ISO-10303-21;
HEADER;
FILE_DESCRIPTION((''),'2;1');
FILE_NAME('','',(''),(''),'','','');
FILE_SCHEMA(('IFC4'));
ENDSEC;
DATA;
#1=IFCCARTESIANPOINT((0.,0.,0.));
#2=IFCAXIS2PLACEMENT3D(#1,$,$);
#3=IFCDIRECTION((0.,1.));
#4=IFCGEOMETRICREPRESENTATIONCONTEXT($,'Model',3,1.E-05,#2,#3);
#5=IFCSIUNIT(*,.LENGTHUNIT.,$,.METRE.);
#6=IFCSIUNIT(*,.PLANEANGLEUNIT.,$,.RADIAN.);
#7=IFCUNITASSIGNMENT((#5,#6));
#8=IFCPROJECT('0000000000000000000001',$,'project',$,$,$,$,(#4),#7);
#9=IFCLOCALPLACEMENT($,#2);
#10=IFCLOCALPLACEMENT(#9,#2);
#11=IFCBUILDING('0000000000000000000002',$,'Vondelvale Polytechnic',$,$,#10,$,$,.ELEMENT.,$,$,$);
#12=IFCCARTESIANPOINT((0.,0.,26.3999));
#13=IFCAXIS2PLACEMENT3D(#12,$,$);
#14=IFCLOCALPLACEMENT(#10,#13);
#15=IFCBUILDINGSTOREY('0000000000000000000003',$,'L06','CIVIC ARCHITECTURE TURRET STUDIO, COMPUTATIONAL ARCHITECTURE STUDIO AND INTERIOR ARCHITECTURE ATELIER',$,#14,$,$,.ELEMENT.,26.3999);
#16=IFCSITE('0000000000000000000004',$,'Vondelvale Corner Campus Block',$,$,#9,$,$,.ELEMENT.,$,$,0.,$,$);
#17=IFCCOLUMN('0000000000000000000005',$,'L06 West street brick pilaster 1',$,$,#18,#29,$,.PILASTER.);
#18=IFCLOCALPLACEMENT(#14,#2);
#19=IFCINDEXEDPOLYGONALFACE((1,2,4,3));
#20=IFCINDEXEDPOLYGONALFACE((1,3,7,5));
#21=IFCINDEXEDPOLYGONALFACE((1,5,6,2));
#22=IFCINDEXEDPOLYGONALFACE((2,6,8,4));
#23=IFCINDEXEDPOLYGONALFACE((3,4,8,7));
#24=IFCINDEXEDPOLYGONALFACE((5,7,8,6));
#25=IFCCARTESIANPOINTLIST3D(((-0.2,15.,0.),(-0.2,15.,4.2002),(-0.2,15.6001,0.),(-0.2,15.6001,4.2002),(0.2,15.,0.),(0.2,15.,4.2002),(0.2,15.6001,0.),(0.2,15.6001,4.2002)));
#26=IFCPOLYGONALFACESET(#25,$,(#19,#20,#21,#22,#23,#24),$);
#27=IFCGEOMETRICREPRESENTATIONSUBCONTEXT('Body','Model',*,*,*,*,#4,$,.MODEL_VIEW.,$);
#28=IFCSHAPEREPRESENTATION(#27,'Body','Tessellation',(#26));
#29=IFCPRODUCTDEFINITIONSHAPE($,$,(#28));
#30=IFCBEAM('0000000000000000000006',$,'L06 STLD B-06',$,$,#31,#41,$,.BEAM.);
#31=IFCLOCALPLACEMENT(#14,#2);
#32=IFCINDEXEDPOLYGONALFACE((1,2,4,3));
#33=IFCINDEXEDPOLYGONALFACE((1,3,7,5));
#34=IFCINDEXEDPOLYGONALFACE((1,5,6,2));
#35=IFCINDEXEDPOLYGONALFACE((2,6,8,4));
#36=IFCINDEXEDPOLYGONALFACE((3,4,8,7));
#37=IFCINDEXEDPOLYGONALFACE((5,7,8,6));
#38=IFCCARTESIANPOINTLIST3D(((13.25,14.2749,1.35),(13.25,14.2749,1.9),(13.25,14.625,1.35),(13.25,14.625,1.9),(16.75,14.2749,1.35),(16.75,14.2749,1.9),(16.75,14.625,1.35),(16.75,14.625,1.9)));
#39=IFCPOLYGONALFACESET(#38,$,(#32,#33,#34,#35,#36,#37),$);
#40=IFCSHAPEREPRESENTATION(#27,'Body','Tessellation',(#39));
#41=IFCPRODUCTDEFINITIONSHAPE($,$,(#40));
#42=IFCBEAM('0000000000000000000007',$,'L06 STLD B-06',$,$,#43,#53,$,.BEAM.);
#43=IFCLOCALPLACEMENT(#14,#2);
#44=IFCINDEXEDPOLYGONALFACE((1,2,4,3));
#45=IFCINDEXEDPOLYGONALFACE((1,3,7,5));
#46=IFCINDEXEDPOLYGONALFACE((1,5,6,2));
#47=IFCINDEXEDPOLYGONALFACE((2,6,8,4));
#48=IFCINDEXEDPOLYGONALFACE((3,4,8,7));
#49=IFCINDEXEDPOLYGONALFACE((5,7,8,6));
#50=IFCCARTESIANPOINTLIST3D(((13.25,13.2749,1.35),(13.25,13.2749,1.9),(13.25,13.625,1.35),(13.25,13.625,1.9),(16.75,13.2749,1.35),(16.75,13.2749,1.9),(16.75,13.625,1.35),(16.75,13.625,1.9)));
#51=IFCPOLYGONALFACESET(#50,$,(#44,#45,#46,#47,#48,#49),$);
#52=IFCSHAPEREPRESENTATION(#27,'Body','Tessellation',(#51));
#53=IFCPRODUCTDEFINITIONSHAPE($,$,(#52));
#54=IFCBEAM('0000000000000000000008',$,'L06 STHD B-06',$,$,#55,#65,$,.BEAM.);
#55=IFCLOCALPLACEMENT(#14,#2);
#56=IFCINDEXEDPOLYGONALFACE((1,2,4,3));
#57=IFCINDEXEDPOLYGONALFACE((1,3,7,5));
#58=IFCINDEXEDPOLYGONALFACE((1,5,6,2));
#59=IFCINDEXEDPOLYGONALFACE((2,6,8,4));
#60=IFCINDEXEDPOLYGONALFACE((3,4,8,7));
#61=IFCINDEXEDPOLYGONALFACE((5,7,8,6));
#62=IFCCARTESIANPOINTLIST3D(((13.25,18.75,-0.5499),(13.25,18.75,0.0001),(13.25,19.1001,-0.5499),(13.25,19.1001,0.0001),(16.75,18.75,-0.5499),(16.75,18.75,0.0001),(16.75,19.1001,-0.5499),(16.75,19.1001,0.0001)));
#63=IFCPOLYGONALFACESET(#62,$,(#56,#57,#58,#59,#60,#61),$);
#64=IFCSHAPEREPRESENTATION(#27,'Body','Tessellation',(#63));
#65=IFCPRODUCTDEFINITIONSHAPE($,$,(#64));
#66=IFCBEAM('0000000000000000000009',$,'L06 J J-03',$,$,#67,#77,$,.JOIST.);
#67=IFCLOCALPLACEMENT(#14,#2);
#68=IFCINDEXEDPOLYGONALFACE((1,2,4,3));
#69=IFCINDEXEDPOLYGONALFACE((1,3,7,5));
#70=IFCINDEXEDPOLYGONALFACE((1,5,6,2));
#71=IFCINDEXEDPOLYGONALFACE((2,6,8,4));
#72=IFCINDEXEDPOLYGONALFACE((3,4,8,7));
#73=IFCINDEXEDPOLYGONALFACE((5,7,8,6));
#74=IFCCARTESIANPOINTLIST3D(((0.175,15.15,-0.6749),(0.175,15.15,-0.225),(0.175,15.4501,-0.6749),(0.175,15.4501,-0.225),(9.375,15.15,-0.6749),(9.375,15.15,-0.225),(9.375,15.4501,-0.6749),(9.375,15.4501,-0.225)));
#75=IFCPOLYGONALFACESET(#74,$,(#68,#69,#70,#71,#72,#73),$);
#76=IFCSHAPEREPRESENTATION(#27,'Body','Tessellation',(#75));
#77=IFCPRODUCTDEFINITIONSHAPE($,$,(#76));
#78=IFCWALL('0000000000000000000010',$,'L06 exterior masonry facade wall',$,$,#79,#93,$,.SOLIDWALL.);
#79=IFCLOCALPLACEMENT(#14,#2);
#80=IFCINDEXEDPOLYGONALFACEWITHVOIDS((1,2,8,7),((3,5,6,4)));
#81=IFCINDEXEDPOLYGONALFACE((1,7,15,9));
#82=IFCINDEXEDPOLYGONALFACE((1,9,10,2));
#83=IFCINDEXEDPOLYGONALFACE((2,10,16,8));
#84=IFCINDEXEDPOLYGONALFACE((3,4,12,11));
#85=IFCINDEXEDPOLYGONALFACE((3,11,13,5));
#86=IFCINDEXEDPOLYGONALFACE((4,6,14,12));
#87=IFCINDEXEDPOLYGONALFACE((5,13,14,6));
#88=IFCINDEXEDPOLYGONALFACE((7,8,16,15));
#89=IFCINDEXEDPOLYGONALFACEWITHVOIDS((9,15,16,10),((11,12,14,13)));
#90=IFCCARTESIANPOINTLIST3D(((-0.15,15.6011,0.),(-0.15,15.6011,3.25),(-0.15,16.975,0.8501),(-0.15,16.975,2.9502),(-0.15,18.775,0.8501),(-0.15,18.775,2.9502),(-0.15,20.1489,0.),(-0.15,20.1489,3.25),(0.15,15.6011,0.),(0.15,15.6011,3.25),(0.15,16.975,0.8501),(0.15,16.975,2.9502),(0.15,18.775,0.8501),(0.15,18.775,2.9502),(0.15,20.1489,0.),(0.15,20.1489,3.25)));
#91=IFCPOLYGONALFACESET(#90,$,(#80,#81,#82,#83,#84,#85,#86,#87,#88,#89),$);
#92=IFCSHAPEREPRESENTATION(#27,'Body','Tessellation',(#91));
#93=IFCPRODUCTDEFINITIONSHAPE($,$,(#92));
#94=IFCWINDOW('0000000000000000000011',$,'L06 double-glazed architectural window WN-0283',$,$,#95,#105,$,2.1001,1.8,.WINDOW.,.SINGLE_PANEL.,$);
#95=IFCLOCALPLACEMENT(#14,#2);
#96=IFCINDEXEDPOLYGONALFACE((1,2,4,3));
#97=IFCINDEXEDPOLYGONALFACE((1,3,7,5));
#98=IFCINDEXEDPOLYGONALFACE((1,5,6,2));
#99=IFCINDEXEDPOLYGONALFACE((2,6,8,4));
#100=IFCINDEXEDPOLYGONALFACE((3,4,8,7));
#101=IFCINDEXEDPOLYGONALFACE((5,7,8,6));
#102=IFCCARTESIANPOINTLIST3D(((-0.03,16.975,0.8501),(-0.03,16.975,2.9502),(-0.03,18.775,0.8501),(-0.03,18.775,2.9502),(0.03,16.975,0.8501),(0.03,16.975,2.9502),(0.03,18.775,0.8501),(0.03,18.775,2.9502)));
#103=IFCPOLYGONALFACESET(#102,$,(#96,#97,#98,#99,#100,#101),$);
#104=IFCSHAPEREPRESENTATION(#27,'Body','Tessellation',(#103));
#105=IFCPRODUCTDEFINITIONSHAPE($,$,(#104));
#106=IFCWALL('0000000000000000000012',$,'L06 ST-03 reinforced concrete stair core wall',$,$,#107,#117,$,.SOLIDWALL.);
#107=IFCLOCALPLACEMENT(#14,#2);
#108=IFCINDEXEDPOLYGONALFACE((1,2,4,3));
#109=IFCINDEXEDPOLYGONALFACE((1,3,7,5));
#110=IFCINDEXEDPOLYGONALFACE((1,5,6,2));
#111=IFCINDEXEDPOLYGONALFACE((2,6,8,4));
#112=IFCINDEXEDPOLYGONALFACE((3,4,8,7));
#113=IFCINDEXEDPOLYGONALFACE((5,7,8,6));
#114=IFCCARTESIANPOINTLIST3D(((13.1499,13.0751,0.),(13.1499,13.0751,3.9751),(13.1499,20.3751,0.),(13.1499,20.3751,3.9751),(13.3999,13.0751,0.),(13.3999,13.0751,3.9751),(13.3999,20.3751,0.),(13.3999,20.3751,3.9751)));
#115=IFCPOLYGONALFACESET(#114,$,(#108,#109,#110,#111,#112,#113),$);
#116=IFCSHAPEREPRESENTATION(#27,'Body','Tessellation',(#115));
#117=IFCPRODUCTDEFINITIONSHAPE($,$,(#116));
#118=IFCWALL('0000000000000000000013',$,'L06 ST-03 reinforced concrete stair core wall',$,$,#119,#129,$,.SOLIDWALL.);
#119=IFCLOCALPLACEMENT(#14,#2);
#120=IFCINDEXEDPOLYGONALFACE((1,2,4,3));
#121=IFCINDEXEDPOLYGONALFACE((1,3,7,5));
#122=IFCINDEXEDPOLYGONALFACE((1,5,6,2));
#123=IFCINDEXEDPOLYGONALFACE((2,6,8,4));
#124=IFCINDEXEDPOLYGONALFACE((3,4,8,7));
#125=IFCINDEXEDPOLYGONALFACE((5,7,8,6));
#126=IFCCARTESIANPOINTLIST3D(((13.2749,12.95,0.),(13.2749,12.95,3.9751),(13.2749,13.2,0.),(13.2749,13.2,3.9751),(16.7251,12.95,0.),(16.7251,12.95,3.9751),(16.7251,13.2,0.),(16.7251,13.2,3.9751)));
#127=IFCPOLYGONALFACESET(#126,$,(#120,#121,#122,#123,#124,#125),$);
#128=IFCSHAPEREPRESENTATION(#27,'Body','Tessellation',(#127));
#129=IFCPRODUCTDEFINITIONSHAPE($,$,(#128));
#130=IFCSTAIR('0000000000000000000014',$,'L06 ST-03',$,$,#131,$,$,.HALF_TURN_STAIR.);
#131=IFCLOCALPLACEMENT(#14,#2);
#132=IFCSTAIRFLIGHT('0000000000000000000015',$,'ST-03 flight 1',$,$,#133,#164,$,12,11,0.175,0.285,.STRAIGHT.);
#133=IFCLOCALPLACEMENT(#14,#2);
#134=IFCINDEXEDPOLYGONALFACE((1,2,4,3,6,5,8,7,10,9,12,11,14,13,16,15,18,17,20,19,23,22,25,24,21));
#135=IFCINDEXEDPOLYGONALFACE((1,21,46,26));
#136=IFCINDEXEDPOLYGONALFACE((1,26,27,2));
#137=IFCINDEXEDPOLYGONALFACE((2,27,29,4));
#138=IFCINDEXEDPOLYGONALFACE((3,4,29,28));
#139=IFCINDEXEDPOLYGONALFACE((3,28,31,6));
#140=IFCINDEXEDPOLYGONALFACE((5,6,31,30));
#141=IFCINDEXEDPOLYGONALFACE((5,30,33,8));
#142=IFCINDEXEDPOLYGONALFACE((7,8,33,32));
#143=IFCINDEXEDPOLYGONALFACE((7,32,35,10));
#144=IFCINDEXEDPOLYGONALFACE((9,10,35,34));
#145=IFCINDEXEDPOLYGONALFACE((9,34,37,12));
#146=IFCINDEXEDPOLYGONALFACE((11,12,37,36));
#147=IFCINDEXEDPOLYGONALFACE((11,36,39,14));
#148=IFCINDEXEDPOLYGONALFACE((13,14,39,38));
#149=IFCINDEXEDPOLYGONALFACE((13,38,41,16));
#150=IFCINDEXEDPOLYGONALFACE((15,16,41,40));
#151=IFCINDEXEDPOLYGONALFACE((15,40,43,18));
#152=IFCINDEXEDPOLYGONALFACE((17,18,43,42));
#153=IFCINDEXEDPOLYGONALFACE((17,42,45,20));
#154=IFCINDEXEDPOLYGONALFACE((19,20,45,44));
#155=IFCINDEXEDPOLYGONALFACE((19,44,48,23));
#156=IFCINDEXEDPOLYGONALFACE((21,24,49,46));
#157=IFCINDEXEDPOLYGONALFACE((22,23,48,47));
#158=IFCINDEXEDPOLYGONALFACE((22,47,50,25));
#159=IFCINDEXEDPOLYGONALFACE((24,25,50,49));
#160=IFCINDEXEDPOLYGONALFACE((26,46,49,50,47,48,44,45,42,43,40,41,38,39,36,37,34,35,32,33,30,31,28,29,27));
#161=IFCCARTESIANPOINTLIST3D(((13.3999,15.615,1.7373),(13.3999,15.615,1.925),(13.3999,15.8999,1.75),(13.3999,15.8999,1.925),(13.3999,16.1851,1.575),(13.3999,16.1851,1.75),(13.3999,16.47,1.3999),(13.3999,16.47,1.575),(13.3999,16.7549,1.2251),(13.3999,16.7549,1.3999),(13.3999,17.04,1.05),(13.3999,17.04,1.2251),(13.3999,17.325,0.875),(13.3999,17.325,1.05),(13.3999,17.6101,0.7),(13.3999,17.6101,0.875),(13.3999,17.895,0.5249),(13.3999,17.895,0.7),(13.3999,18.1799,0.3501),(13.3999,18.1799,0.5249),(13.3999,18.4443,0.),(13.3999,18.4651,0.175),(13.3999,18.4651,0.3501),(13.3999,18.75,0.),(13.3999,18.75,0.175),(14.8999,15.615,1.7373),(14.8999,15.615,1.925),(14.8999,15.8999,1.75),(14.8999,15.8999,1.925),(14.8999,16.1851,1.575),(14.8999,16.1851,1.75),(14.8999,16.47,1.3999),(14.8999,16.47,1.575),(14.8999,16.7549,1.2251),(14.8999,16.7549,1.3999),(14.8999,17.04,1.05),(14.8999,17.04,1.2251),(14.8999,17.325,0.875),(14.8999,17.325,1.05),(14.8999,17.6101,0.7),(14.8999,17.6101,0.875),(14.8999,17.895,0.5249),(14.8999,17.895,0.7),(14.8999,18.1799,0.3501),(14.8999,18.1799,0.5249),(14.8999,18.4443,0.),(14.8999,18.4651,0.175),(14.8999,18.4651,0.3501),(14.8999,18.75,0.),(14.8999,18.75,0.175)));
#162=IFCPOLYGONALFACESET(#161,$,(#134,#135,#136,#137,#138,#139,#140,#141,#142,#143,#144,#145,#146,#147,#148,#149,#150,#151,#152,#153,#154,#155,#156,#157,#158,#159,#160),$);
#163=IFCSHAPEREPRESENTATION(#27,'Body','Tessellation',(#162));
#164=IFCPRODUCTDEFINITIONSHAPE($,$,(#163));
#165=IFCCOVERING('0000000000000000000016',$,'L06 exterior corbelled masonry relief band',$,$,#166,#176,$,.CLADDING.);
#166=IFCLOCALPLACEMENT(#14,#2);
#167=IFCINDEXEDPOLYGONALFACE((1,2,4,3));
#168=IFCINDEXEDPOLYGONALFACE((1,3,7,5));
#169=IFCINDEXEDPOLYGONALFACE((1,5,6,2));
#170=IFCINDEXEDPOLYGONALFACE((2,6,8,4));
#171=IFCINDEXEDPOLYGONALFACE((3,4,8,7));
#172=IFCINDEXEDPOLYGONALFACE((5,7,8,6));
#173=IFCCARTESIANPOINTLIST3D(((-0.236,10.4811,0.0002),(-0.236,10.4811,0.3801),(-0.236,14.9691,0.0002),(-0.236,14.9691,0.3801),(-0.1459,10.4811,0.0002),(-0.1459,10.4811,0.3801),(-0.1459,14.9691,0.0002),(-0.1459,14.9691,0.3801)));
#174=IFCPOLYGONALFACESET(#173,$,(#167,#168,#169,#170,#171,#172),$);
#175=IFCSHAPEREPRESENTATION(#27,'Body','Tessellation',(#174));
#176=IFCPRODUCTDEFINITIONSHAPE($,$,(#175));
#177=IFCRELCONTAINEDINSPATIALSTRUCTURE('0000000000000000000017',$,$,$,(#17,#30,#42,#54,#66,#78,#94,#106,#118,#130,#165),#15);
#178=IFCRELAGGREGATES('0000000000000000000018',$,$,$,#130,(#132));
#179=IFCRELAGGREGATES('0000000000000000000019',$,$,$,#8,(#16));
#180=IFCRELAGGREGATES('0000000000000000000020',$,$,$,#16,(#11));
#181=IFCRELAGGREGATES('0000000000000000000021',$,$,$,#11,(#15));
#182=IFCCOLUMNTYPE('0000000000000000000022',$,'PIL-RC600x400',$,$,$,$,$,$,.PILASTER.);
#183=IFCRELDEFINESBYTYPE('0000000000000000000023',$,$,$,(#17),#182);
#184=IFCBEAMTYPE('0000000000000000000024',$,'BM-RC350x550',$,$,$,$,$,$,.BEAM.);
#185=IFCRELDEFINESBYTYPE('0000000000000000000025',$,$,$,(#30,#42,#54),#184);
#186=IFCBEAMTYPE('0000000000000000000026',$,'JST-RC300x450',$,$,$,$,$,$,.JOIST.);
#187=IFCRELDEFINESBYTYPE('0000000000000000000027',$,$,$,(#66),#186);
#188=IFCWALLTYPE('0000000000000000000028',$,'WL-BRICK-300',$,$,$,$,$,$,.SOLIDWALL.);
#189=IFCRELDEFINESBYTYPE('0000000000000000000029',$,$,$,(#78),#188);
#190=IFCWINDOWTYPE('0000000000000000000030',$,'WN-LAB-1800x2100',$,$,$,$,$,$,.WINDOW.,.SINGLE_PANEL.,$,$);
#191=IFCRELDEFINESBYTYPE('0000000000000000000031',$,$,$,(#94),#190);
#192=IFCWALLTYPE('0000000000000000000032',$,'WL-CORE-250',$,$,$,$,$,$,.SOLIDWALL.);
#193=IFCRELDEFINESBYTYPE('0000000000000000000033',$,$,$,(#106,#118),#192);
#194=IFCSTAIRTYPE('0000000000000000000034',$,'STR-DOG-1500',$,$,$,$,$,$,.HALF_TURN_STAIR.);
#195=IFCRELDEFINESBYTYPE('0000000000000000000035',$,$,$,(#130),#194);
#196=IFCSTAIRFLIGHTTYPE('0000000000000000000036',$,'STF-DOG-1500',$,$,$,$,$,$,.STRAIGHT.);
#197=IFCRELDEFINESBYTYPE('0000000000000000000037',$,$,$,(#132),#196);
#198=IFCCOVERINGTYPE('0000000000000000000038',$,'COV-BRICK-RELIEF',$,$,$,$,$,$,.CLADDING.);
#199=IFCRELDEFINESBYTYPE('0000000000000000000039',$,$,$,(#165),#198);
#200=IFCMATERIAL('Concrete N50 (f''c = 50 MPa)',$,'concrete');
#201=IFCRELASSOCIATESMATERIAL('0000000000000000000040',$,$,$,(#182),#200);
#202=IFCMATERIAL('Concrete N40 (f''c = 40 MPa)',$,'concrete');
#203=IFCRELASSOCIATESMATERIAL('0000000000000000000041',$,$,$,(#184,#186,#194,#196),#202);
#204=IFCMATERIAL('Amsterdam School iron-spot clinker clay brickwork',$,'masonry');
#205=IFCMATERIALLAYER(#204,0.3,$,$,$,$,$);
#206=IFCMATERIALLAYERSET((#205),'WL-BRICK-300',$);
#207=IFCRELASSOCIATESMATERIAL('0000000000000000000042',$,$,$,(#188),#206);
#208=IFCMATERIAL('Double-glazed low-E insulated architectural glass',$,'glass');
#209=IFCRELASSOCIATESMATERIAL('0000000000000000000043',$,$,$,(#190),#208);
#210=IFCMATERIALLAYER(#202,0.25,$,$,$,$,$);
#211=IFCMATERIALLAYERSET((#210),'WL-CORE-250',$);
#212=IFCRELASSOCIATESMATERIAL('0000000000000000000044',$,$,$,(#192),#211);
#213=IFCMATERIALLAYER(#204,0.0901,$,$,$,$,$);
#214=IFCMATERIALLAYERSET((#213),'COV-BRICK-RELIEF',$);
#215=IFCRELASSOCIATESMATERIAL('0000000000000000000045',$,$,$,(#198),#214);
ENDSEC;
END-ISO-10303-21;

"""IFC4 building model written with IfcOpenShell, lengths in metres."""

from ifc_helpers import new_model, si_unit, direction, frame, frame_2d, origin, origin_2d, place, context, subcontext, project, spatial, polyline, rectangle, outline, extrude, material, layer, layer_set, material_profile, profile_set, type_object, element, fill, aggregate, save


model = new_model("IFC4")

# Units and contexts
model_context = context("Model", 3, precision=1e-05, world=origin(), true_north=direction((0.0, 1.0)))
body_context = subcontext(model_context, "Body", "Model", "MODEL_VIEW")
ifc_project = project(units=[si_unit("LENGTHUNIT", "METRE"), si_unit("PLANEANGLEUNIT", "RADIAN")], contexts=[model_context])

# Site, building, storey
site_placement = place(None, origin())
site = spatial("IfcSite", under=ifc_project, at=site_placement, Name="Vondelvale Corner Campus Block", CompositionType="ELEMENT", RefElevation=0.0)
building_placement = place(site_placement, origin())
building = spatial("IfcBuilding", under=site, at=building_placement, Name="Vondelvale Polytechnic", CompositionType="ELEMENT")
storey_placement = place(building_placement, frame((0.0, 0.0, 26.3999)))
storey = spatial("IfcBuildingStorey", under=building, at=storey_placement, Name="L06", Description="CIVIC ARCHITECTURE TURRET STUDIO, COMPUTATIONAL ARCHITECTURE STUDIO AND INTERIOR ARCHITECTURE ATELIER", CompositionType="ELEMENT", Elevation=26.3999)

# Column
ifc_material_1 = material(Name="Concrete N50 (f'c = 50 MPa)", Category="concrete")
ifc_material_profile_1 = material_profile(ifc_material_1, rectangle(XDim=0.3999, YDim=0.6001, at=origin_2d()), Name="RC-PIL-600x400")
ifc_profile_set_1 = profile_set([ifc_material_profile_1], Name="Concrete N50 (f'c = 50 MPa)")
column_type = type_object("IfcColumnType", Name="PIL-RC600x400", PredefinedType="PILASTER", material=ifc_profile_set_1)
column_placement = place(storey_placement, frame((0.0, 15.3, 0.0), z_axis=(0.0, 0.0, 1.0), x_axis=(1.0, 0.0, 0.0)))
element("IfcColumn", 1, at=column_placement, inside=storey, type_object=column_type, Name="L06 West street brick pilaster 1", PredefinedType="PILASTER", context=body_context, shape_type="SweptSolid", body=[
    extrude(rectangle(XDim=0.3999, YDim=0.6001, at=origin_2d()), origin(), (0.0, 0.0, 1.0), 4.2002),
])

# Beams
ifc_material_2 = material(Name="Concrete N40 (f'c = 40 MPa)", Category="concrete")
ifc_material_profile_2 = material_profile(ifc_material_2, rectangle(XDim=0.3501, YDim=0.55, at=origin_2d()), Name="RC-BM-350x550")
ifc_profile_set_2 = profile_set([ifc_material_profile_2], Name="Concrete N40 (f'c = 40 MPa)")
beam_type_1 = type_object("IfcBeamType", Name="BM-RC350x550", PredefinedType="BEAM", material=ifc_profile_set_2)
for number, where, z_axis, x_axis, name in (
    (2, (13.25, 14.45, 1.625), (1.0, 0.0, 0.0), (0.0, 1.0, 0.0), "L06 STLD B-06"),
    (3, (13.25, 13.45, 1.625), (1.0, 0.0, 0.0), (0.0, 1.0, 0.0), "L06 STLD B-06"),
    (4, (13.25, 18.925, -0.2749), (1.0, 0.0, 0.0), (0.0, 1.0, 0.0), "L06 STHD B-06"),
):
    element("IfcBeam", number, at=place(storey_placement, frame(where, z_axis=z_axis, x_axis=x_axis)), inside=storey, type_object=beam_type_1, Name=name, PredefinedType="BEAM", context=body_context, shape_type="SweptSolid", body=[
        extrude(rectangle(XDim=0.3501, YDim=0.55, at=origin_2d()), origin(), (0.0, 0.0, 1.0), 3.5),
    ])
ifc_material_profile_3 = material_profile(ifc_material_2, rectangle(XDim=0.3, YDim=0.45, at=origin_2d()), Name="RC-JST-300x450")
ifc_profile_set_3 = profile_set([ifc_material_profile_3], Name="Concrete N40 (f'c = 40 MPa)")
beam_type_2 = type_object("IfcBeamType", Name="JST-RC300x450", PredefinedType="JOIST", material=ifc_profile_set_3)
beam_placement = place(storey_placement, frame((0.175, 15.3, -0.45), z_axis=(1.0, 0.0, 0.0), x_axis=(0.0, 1.0, 0.0)))
element("IfcBeam", 5, at=beam_placement, inside=storey, type_object=beam_type_2, Name="L06 J J-03", PredefinedType="JOIST", context=body_context, shape_type="SweptSolid", body=[
    extrude(rectangle(XDim=0.3, YDim=0.45, at=origin_2d()), origin(), (0.0, 0.0, 1.0), 9.2),
])

# Wall, opening, window
ifc_material_3 = material(Name="Amsterdam School iron-spot clinker clay brickwork", Category="masonry")
ifc_layer_1 = layer(ifc_material_3, 0.3)
ifc_layer_set_1 = layer_set([ifc_layer_1], Name="WL-BRICK-300")
wall_type_1 = type_object("IfcWallType", Name="WL-BRICK-300", PredefinedType="SOLIDWALL", material=ifc_layer_set_1)
wall_1_placement = place(storey_placement, frame((0.0, 15.6011, 0.0), z_axis=(0.0, 0.0, 1.0), x_axis=(0.0, 1.0, 0.0)))
wall_1 = element("IfcWall", 6, at=wall_1_placement, inside=storey, type_object=wall_type_1, Name="L06 exterior masonry facade wall", PredefinedType="SOLIDWALL", context=body_context, shape_type="SweptSolid", body=[
    extrude(rectangle(XDim=4.5479, YDim=0.3, at=frame_2d((2.2739, 0.0))), origin(), (0.0, 0.0, 1.0), 3.25),
])
opening_placement = place(wall_1_placement, frame((1.374, 0.0, 0.8501)))
opening = element("IfcOpeningElement", 7, at=opening_placement, cuts=wall_1, PredefinedType="OPENING", context=body_context, shape_type="SweptSolid", body=[
    extrude(rectangle(XDim=1.8, YDim=2.1001, at=frame_2d((0.8999, 1.05))), frame((0.0, 0.1599, 0.0), z_axis=(0.0, -1.0, 0.0), x_axis=(1.0, 0.0, 0.0)), (0.0, 0.0, 1.0), 0.3201),
])
ifc_material_4 = material(Name="Double-glazed low-E insulated architectural glass", Category="glass")
window_type = type_object("IfcWindowType", Name="WN-LAB-1800x2100", PartitioningType="SINGLE_PANEL", PredefinedType="WINDOW", material=ifc_material_4)
window_placement = place(opening_placement, origin())
window = element("IfcWindow", 8, at=window_placement, inside=storey, type_object=window_type, Name="L06 double-glazed architectural window WN-0283", OverallHeight=2.1001, OverallWidth=1.8, PartitioningType="SINGLE_PANEL", PredefinedType="WINDOW", context=body_context, shape_type="SweptSolid", body=[
    extrude(rectangle(XDim=1.8, YDim=2.1001, at=frame_2d((0.8999, 1.05))), frame((0.0, 0.03, 0.0), z_axis=(0.0, -1.0, 0.0), x_axis=(1.0, 0.0, 0.0)), (0.0, 0.0, 1.0), 0.0601),
])
fill(opening, window)

# Walls
ifc_layer_2 = layer(ifc_material_2, 0.25)
ifc_layer_set_2 = layer_set([ifc_layer_2], Name="WL-CORE-250")
wall_type_2 = type_object("IfcWallType", Name="WL-CORE-250", PredefinedType="SOLIDWALL", material=ifc_layer_set_2)
wall_2_placement = place(storey_placement, frame((13.2749, 20.375, 0.0), z_axis=(0.0, 0.0, 1.0), x_axis=(0.0, -1.0, 0.0)))
element("IfcWall", 9, at=wall_2_placement, inside=storey, type_object=wall_type_2, Name="L06 ST-03 reinforced concrete stair core wall", PredefinedType="SOLIDWALL", context=body_context, shape_type="SweptSolid", body=[
    extrude(rectangle(XDim=7.3, YDim=0.25, at=frame_2d((3.6499, 0.0))), origin(), (0.0, 0.0, 1.0), 3.9751),
])
wall_3_placement = place(storey_placement, frame((13.2749, 13.075, 0.0), z_axis=(0.0, 0.0, 1.0), x_axis=(1.0, 0.0, 0.0)))
element("IfcWall", 10, at=wall_3_placement, inside=storey, type_object=wall_type_2, Name="L06 ST-03 reinforced concrete stair core wall", PredefinedType="SOLIDWALL", context=body_context, shape_type="SweptSolid", body=[
    extrude(rectangle(XDim=3.4502, YDim=0.25, at=frame_2d((1.7251, 0.0))), origin(), (0.0, 0.0, 1.0), 3.9751),
])

# Stair, stair flight
stair_type = type_object("IfcStairType", Name="STR-DOG-1500", PredefinedType="HALF_TURN_STAIR", material=ifc_material_2)
stair_placement = place(storey_placement, origin())
stair = element("IfcStair", 11, at=stair_placement, inside=storey, type_object=stair_type, Name="L06 ST-03", PredefinedType="HALF_TURN_STAIR")
stair_flight_type = type_object("IfcStairFlightType", Name="STF-DOG-1500", PredefinedType="STRAIGHT", material=ifc_material_2)
stair_flight_placement = place(storey_placement, frame((14.1499, 18.75, 0.0), z_axis=(0.0, 0.0, 1.0), x_axis=(0.0, -1.0, 0.0)))
stair_flight = element("IfcStairFlight", 12, at=stair_flight_placement, type_object=stair_flight_type, Name="ST-03 flight 1", NumberOfRisers=12, NumberOfTreads=11, PredefinedType="STRAIGHT", RiserHeight=0.175, TreadLength=0.285, context=body_context, shape_type="SweptSolid", body=[
    extrude(outline(polyline([(0.0, 0.0), (0.0, 0.175), (0.2849, 0.175), (0.2849, 0.3501), (0.5701, 0.3501), (0.5701, 0.5249), (0.855, 0.5249), (0.855, 0.7), (1.1399, 0.7), (1.1399, 0.875), (1.425, 0.875), (1.425, 1.05), (1.71, 1.05), (1.71, 1.2251), (1.9951, 1.2251), (1.9951, 1.3999), (2.28, 1.3999), (2.28, 1.575), (2.5649, 1.575), (2.5649, 1.75), (2.8501, 1.75), (2.8501, 1.925), (3.135, 1.925), (3.135, 2.1001), (3.135, 1.7373), (0.3057, 0.0), (0.0, 0.0)])), frame((0.0, 0.75, 0.0), z_axis=(0.0, -1.0, 0.0), x_axis=(1.0, 0.0, 0.0)), (0.0, 0.0, 1.0), 1.5),
])
aggregate(stair, [stair_flight])

# Covering
ifc_layer_3 = layer(ifc_material_3, 0.0901)
ifc_layer_set_3 = layer_set([ifc_layer_3], Name="COV-BRICK-RELIEF")
covering_type = type_object("IfcCoveringType", Name="COV-BRICK-RELIEF", PredefinedType="CLADDING", material=ifc_layer_set_3)
for number, where, z_axis, x_axis, name in (
    (13, (-0.1909, 12.7251, 0.0002), (0.0, 0.0, 1.0), (0.0, 1.0, 0.0), "L06 exterior corbelled masonry relief band"),
):
    element("IfcCovering", number, at=place(storey_placement, frame(where, z_axis=z_axis, x_axis=x_axis)), inside=storey, type_object=covering_type, Name=name, PredefinedType="CLADDING", context=body_context, shape_type="SweptSolid", body=[
        extrude(rectangle(XDim=4.488, YDim=0.0901, at=origin_2d()), origin(), (0.0, 0.0, 1.0), 0.3799),
    ])

save(model, "model.ifc")
